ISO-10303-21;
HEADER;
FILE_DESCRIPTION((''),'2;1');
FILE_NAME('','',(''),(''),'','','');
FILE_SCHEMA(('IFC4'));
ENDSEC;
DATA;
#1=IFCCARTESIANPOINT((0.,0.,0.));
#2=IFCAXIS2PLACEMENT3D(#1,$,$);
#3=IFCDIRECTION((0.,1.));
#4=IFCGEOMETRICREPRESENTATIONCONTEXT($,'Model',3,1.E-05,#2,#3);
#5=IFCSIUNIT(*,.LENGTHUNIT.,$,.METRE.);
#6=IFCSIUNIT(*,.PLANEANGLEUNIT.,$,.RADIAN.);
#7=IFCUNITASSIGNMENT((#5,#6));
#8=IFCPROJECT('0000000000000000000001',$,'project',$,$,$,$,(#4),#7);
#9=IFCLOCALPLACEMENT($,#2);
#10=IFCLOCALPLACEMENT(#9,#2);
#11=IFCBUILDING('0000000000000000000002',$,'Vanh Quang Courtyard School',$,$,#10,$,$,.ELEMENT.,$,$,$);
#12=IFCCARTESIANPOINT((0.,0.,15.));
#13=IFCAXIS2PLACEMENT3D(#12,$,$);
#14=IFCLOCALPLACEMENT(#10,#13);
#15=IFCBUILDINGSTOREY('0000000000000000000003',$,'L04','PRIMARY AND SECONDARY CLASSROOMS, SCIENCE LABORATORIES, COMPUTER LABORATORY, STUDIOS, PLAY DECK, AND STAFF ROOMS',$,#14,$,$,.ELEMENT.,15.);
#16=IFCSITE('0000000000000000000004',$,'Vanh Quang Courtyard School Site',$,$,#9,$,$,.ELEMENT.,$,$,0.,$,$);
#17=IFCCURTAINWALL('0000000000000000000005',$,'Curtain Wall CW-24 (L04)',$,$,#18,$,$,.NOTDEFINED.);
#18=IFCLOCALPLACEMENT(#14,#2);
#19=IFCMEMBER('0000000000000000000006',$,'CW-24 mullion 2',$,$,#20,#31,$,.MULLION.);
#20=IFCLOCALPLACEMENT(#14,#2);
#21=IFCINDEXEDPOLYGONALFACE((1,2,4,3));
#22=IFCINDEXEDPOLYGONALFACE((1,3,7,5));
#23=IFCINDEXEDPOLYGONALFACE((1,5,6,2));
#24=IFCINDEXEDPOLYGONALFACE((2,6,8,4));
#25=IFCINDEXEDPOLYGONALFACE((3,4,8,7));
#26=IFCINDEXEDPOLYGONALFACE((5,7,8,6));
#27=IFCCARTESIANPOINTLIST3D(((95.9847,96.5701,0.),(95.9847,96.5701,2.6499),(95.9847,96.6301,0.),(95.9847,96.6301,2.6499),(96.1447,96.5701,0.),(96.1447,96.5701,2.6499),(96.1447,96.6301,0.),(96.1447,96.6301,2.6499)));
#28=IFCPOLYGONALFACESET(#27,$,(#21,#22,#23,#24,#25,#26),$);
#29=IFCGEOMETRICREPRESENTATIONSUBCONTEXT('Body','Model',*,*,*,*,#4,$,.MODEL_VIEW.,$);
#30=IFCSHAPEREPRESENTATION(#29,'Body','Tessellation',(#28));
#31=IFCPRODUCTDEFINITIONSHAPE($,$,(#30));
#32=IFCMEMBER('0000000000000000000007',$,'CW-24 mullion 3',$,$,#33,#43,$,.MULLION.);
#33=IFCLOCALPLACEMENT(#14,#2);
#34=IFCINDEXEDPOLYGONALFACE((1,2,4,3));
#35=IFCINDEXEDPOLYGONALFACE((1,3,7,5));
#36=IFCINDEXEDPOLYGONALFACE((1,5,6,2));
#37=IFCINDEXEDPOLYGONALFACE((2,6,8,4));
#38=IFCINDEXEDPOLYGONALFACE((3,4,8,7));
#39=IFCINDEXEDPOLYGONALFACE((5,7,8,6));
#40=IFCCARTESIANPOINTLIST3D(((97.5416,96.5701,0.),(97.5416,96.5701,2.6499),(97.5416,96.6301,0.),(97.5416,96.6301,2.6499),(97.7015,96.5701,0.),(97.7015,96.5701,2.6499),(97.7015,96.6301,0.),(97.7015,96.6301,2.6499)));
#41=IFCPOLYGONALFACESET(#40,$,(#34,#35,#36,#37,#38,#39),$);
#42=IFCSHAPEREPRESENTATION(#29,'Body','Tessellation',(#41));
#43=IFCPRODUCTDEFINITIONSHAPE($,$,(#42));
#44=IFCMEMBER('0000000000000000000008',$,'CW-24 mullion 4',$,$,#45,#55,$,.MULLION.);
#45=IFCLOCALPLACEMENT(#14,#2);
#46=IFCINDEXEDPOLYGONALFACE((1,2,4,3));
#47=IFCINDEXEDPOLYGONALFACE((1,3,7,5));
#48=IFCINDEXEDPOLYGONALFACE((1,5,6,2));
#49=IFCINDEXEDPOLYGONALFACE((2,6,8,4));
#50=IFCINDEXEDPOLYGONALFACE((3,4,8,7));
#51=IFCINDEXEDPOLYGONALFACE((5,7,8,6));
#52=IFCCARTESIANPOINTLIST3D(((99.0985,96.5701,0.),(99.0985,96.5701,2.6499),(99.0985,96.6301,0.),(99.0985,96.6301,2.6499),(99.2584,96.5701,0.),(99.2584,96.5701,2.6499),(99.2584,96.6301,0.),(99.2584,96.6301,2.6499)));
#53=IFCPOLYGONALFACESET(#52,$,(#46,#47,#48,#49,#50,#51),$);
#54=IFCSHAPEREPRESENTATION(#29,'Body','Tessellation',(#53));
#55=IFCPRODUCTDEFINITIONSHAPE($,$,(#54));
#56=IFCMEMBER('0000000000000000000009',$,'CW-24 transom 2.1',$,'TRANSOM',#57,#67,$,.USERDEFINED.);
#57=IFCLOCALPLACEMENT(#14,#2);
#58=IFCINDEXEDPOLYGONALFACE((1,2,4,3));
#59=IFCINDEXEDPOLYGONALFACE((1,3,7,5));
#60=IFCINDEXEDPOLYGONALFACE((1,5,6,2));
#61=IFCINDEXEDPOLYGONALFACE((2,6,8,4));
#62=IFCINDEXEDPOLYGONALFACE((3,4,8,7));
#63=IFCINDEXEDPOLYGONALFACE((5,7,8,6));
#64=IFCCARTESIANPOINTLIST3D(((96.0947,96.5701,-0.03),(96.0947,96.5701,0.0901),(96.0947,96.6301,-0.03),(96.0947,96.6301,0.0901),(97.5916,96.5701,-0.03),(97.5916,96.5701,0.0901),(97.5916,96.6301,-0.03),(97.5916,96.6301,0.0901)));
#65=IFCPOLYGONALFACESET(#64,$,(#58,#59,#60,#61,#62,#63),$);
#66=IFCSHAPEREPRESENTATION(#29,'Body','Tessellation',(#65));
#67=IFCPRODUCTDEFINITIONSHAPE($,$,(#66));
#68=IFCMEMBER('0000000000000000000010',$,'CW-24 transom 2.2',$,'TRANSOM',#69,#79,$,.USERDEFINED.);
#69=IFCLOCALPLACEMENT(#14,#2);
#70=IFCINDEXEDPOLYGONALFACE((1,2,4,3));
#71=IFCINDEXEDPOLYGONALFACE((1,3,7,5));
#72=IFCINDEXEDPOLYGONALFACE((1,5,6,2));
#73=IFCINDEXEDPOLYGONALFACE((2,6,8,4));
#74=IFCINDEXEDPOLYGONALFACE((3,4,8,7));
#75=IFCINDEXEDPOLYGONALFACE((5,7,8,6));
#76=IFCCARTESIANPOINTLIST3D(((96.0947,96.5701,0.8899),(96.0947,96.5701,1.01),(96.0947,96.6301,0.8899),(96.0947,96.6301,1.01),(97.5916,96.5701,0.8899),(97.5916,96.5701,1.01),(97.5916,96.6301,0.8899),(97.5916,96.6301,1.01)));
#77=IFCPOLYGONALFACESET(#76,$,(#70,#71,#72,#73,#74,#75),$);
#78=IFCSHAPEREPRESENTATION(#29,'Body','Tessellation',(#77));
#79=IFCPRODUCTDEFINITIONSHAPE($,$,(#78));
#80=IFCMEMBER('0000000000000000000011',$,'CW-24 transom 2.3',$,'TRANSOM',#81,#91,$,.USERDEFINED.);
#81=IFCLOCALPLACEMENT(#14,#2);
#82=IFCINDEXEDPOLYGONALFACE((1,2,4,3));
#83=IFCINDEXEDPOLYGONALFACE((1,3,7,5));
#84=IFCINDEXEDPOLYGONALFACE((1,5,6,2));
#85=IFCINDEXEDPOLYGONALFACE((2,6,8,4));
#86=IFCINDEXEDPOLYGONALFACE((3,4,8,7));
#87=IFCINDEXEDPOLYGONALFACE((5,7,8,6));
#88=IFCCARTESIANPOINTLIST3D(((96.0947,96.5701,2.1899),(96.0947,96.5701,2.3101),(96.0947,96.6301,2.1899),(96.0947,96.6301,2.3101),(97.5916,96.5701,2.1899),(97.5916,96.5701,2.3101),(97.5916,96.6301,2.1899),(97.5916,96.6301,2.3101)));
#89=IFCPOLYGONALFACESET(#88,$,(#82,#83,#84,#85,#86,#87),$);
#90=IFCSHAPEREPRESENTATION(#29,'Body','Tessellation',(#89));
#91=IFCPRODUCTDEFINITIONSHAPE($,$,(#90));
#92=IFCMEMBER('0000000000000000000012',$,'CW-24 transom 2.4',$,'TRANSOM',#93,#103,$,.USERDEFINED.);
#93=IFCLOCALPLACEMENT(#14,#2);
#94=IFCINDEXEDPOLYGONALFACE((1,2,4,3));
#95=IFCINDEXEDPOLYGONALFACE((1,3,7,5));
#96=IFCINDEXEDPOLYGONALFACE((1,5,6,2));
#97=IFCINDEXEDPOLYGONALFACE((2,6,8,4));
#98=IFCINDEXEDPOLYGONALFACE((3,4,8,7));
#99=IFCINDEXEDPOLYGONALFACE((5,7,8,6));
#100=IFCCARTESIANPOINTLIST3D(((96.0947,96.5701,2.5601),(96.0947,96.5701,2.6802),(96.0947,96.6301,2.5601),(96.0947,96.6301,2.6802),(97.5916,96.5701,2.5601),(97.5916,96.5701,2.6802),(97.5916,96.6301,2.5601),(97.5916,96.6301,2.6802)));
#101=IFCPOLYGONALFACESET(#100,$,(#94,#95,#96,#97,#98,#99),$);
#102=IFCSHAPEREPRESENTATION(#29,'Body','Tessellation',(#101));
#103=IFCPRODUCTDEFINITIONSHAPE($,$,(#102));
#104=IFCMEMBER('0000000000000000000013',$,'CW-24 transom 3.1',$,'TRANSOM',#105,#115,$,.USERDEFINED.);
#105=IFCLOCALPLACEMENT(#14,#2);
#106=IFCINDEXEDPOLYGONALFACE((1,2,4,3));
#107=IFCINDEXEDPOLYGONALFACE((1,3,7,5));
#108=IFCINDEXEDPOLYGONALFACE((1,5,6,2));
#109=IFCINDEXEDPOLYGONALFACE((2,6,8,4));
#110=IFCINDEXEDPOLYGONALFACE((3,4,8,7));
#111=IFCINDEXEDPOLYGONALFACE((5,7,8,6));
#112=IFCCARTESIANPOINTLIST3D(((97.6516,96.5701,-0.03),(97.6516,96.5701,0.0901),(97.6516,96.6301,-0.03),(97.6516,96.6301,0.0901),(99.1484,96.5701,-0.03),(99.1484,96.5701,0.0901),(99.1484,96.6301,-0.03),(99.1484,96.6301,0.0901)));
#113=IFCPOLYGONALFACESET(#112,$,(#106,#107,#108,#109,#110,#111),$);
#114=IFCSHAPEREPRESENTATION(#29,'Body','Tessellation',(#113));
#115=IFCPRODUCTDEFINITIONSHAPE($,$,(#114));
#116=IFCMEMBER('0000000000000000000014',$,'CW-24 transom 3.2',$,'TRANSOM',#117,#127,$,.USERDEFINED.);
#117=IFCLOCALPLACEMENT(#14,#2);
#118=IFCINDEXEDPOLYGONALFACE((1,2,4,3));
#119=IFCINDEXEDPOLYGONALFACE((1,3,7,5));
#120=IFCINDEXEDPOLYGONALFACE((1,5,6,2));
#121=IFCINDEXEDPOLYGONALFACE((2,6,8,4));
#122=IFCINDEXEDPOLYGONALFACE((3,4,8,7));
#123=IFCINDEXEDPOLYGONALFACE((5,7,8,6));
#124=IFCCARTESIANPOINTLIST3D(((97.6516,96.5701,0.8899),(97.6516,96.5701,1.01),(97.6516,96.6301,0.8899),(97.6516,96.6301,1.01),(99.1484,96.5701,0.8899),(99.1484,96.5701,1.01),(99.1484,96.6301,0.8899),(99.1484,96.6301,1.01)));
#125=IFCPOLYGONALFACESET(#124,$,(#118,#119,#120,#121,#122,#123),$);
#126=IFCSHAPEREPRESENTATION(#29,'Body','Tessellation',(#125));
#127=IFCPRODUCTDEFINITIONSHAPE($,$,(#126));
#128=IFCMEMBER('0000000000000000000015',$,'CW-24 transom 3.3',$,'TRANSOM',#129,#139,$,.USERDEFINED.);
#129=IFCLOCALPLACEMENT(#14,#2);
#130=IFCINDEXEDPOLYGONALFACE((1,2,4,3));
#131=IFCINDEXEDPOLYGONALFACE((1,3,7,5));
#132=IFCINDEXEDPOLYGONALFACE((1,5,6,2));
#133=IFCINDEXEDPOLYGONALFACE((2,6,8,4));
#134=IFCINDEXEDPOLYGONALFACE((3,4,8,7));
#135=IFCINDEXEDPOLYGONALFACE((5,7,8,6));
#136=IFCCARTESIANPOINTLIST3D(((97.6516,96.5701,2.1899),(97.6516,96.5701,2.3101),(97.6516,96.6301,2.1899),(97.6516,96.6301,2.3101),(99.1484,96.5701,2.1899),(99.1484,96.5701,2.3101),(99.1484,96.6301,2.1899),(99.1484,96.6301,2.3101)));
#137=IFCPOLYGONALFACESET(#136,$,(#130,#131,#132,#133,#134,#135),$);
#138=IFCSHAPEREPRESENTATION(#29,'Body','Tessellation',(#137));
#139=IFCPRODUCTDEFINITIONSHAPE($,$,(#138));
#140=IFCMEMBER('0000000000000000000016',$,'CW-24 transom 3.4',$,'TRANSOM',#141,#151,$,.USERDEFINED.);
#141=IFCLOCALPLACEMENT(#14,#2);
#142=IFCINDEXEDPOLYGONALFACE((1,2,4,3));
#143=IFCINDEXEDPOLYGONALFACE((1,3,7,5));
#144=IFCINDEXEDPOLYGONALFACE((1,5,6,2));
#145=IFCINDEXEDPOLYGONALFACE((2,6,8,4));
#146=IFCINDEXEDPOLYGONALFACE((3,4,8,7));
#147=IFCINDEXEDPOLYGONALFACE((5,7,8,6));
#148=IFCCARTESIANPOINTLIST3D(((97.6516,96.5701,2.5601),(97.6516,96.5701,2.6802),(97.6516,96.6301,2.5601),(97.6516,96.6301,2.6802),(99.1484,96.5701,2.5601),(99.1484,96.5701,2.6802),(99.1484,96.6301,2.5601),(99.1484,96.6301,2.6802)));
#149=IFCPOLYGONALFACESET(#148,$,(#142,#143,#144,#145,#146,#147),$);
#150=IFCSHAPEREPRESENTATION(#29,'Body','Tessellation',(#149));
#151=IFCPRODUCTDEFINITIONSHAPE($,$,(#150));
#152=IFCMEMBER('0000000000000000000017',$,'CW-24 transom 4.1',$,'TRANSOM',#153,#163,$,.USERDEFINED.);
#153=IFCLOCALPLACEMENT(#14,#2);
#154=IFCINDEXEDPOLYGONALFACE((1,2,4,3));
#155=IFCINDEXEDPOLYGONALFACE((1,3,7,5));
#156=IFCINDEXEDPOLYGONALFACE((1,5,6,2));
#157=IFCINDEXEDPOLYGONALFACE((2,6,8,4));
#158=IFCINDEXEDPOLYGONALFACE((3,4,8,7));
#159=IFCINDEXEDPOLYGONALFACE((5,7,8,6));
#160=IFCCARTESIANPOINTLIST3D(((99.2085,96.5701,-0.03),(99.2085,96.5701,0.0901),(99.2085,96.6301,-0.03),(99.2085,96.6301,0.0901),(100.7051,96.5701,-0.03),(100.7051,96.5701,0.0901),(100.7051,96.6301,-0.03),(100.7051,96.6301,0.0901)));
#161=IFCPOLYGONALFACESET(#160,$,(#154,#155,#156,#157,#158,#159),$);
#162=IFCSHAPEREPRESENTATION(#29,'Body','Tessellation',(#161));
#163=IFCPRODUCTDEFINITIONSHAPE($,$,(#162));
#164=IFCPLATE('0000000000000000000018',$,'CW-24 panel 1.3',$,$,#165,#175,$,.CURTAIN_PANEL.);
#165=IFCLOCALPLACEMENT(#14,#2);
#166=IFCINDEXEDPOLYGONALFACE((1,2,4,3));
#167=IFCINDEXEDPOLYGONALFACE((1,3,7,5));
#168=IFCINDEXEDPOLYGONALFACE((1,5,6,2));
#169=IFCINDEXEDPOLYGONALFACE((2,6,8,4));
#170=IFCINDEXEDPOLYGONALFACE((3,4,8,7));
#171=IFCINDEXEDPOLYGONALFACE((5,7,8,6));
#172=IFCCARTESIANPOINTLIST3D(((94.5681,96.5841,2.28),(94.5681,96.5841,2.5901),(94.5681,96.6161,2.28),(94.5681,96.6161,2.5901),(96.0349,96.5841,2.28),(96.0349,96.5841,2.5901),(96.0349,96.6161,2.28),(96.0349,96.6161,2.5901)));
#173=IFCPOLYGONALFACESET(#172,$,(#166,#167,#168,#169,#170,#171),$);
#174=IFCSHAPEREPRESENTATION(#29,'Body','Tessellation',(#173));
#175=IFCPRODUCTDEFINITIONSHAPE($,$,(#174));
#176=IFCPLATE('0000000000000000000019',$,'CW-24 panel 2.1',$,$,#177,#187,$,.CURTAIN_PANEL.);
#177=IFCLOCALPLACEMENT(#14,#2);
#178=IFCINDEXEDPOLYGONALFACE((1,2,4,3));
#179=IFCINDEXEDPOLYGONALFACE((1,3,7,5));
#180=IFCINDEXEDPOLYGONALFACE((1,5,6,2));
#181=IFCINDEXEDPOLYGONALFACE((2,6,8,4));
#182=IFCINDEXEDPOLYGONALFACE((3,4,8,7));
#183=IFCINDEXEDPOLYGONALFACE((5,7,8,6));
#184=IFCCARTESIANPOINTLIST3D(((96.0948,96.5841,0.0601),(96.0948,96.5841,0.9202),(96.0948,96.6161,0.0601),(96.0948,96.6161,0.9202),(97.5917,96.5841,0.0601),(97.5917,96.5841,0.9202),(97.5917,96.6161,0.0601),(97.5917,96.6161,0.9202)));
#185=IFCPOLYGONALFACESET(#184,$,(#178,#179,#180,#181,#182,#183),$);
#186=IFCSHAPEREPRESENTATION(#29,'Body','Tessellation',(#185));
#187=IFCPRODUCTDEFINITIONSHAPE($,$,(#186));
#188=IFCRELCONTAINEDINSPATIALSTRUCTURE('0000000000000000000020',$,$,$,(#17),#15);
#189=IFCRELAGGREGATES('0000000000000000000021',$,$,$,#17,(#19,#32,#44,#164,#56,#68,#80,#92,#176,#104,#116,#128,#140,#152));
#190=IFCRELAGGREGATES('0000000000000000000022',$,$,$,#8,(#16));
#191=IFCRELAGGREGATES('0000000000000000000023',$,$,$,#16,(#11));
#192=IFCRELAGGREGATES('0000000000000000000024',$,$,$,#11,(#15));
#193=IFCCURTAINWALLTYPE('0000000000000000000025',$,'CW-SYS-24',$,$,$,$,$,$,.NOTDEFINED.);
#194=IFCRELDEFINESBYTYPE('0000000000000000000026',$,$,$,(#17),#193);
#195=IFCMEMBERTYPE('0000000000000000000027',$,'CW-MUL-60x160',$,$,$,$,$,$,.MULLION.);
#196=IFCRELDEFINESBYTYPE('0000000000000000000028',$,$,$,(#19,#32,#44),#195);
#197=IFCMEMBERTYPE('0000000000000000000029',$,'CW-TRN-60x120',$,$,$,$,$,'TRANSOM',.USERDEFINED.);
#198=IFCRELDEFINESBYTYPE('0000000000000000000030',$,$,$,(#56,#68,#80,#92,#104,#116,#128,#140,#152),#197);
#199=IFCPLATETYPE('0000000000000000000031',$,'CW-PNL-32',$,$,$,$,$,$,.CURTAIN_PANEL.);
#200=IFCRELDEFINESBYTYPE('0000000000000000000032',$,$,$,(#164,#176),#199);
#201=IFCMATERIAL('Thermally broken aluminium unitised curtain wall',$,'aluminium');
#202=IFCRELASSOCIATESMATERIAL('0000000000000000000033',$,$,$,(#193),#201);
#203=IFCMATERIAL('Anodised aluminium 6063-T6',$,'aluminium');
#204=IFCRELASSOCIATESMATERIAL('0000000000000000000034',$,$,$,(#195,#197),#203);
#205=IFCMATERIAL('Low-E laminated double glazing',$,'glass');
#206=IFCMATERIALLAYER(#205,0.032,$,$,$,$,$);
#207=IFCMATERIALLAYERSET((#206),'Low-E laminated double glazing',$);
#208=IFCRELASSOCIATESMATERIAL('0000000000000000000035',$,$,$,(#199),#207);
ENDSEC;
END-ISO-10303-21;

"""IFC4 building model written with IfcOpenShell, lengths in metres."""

from ifc_helpers import new_model, si_unit, direction, frame, origin, origin_2d, place, context, subcontext, project, spatial, rectangle, extrude, material, layer, layer_set, material_profile, profile_set, type_object, element, aggregate, save


model = new_model("IFC4")

# Units and contexts
model_context = context("Model", 3, precision=1e-05, world=origin(), true_north=direction((0.0, 1.0)))
body_context = subcontext(model_context, "Body", "Model", "MODEL_VIEW")
ifc_project = project(units=[si_unit("LENGTHUNIT", "METRE"), si_unit("PLANEANGLEUNIT", "RADIAN")], contexts=[model_context])

# Site, building, storey
site_placement = place(None, origin())
site = spatial("IfcSite", under=ifc_project, at=site_placement, Name="Vanh Quang Courtyard School Site", CompositionType="ELEMENT", RefElevation=0.0)
building_placement = place(site_placement, origin())
building = spatial("IfcBuilding", under=site, at=building_placement, Name="Vanh Quang Courtyard School", CompositionType="ELEMENT")
storey_placement = place(building_placement, frame((0.0, 0.0, 15.0)))
storey = spatial("IfcBuildingStorey", under=building, at=storey_placement, Name="L04", Description="PRIMARY AND SECONDARY CLASSROOMS, SCIENCE LABORATORIES, COMPUTER LABORATORY, STUDIOS, PLAY DECK, AND STAFF ROOMS", CompositionType="ELEMENT", Elevation=15.0)

# Curtain wall, members, plates
ifc_material_1 = material(Name="Thermally broken aluminium unitised curtain wall", Category="aluminium")
curtain_wall_type = type_object("IfcCurtainWallType", Name="CW-SYS-24", PredefinedType="NOTDEFINED", material=ifc_material_1)
curtain_wall_placement = place(storey_placement, origin())
curtain_wall = element("IfcCurtainWall", 1, at=curtain_wall_placement, inside=storey, type_object=curtain_wall_type, Name="Curtain Wall CW-24 (L04)", PredefinedType="NOTDEFINED")
ifc_material_2 = material(Name="Anodised aluminium 6063-T6", Category="aluminium")
ifc_material_profile_1 = material_profile(ifc_material_2, rectangle(XDim=0.0601, YDim=0.1599, at=origin_2d()), Name="ALU-MUL 60x160")
ifc_profile_set_1 = profile_set([ifc_material_profile_1], Name="Anodised aluminium 6063-T6")
member_type_1 = type_object("IfcMemberType", Name="CW-MUL-60x160", PredefinedType="MULLION", material=ifc_profile_set_1)
member_1_placement = place(storey_placement, frame((96.0647, 96.6001, 0.0), z_axis=(0.0, 0.0, 1.0), x_axis=(0.0, 1.0, 0.0)))
member_1 = element("IfcMember", 2, at=member_1_placement, type_object=member_type_1, Name="CW-24 mullion 2", PredefinedType="MULLION", context=body_context, shape_type="SweptSolid", body=[
    extrude(rectangle(XDim=0.0601, YDim=0.1599, at=origin_2d()), origin(), (0.0, 0.0, 1.0), 2.6499),
])
member_2_placement = place(storey_placement, frame((97.6216, 96.6001, 0.0), z_axis=(0.0, 0.0, 1.0), x_axis=(0.0, 1.0, 0.0)))
member_2 = element("IfcMember", 3, at=member_2_placement, type_object=member_type_1, Name="CW-24 mullion 3", PredefinedType="MULLION", context=body_context, shape_type="SweptSolid", body=[
    extrude(rectangle(XDim=0.0601, YDim=0.1599, at=origin_2d()), origin(), (0.0, 0.0, 1.0), 2.6499),
])
member_3_placement = place(storey_placement, frame((99.1785, 96.6001, 0.0), z_axis=(0.0, 0.0, 1.0), x_axis=(0.0, 1.0, 0.0)))
member_3 = element("IfcMember", 4, at=member_3_placement, type_object=member_type_1, Name="CW-24 mullion 4", PredefinedType="MULLION", context=body_context, shape_type="SweptSolid", body=[
    extrude(rectangle(XDim=0.0601, YDim=0.1599, at=origin_2d()), origin(), (0.0, 0.0, 1.0), 2.6499),
])
ifc_material_profile_2 = material_profile(ifc_material_2, rectangle(XDim=0.0601, YDim=0.1201, at=origin_2d()), Name="ALU-TRN 60x120")
ifc_profile_set_2 = profile_set([ifc_material_profile_2], Name="Anodised aluminium 6063-T6")
member_type_2 = type_object("IfcMemberType", Name="CW-TRN-60x120", ElementType="TRANSOM", PredefinedType="USERDEFINED", material=ifc_profile_set_2)
member_4_placement = place(storey_placement, frame((96.0947, 96.6001, 0.03), z_axis=(1.0, 0.0, 0.0), x_axis=(0.0, 1.0, 0.0)))
member_4 = element("IfcMember", 5, at=member_4_placement, type_object=member_type_2, Name="CW-24 transom 2.1", ObjectType="TRANSOM", PredefinedType="USERDEFINED", context=body_context, shape_type="SweptSolid", body=[
    extrude(rectangle(XDim=0.0601, YDim=0.1201, at=origin_2d()), origin(), (0.0, 0.0, 1.0), 1.4968),
])
member_5_placement = place(storey_placement, frame((96.0947, 96.6001, 0.95), z_axis=(1.0, 0.0, 0.0), x_axis=(0.0, 1.0, 0.0)))
member_5 = element("IfcMember", 6, at=member_5_placement, type_object=member_type_2, Name="CW-24 transom 2.2", ObjectType="TRANSOM", PredefinedType="USERDEFINED", context=body_context, shape_type="SweptSolid", body=[
    extrude(rectangle(XDim=0.0601, YDim=0.1201, at=origin_2d()), origin(), (0.0, 0.0, 1.0), 1.4968),
])
member_6_placement = place(storey_placement, frame((96.0947, 96.6001, 2.25), z_axis=(1.0, 0.0, 0.0), x_axis=(0.0, 1.0, 0.0)))
member_6 = element("IfcMember", 7, at=member_6_placement, type_object=member_type_2, Name="CW-24 transom 2.3", ObjectType="TRANSOM", PredefinedType="USERDEFINED", context=body_context, shape_type="SweptSolid", body=[
    extrude(rectangle(XDim=0.0601, YDim=0.1201, at=origin_2d()), origin(), (0.0, 0.0, 1.0), 1.4968),
])
member_7_placement = place(storey_placement, frame((96.0947, 96.6001, 2.6201), z_axis=(1.0, 0.0, 0.0), x_axis=(0.0, 1.0, 0.0)))
member_7 = element("IfcMember", 8, at=member_7_placement, type_object=member_type_2, Name="CW-24 transom 2.4", ObjectType="TRANSOM", PredefinedType="USERDEFINED", context=body_context, shape_type="SweptSolid", body=[
    extrude(rectangle(XDim=0.0601, YDim=0.1201, at=origin_2d()), origin(), (0.0, 0.0, 1.0), 1.4968),
])
member_8_placement = place(storey_placement, frame((97.6516, 96.6001, 0.03), z_axis=(1.0, 0.0, 0.0), x_axis=(0.0, 1.0, 0.0)))
member_8 = element("IfcMember", 9, at=member_8_placement, type_object=member_type_2, Name="CW-24 transom 3.1", ObjectType="TRANSOM", PredefinedType="USERDEFINED", context=body_context, shape_type="SweptSolid", body=[
    extrude(rectangle(XDim=0.0601, YDim=0.1201, at=origin_2d()), origin(), (0.0, 0.0, 1.0), 1.4968),
])
member_9_placement = place(storey_placement, frame((97.6516, 96.6001, 0.95), z_axis=(1.0, 0.0, 0.0), x_axis=(0.0, 1.0, 0.0)))
member_9 = element("IfcMember", 10, at=member_9_placement, type_object=member_type_2, Name="CW-24 transom 3.2", ObjectType="TRANSOM", PredefinedType="USERDEFINED", context=body_context, shape_type="SweptSolid", body=[
    extrude(rectangle(XDim=0.0601, YDim=0.1201, at=origin_2d()), origin(), (0.0, 0.0, 1.0), 1.4968),
])
member_10_placement = place(storey_placement, frame((97.6516, 96.6001, 2.25), z_axis=(1.0, 0.0, 0.0), x_axis=(0.0, 1.0, 0.0)))
member_10 = element("IfcMember", 11, at=member_10_placement, type_object=member_type_2, Name="CW-24 transom 3.3", ObjectType="TRANSOM", PredefinedType="USERDEFINED", context=body_context, shape_type="SweptSolid", body=[
    extrude(rectangle(XDim=0.0601, YDim=0.1201, at=origin_2d()), origin(), (0.0, 0.0, 1.0), 1.4968),
])
member_11_placement = place(storey_placement, frame((97.6516, 96.6001, 2.6201), z_axis=(1.0, 0.0, 0.0), x_axis=(0.0, 1.0, 0.0)))
member_11 = element("IfcMember", 12, at=member_11_placement, type_object=member_type_2, Name="CW-24 transom 3.4", ObjectType="TRANSOM", PredefinedType="USERDEFINED", context=body_context, shape_type="SweptSolid", body=[
    extrude(rectangle(XDim=0.0601, YDim=0.1201, at=origin_2d()), origin(), (0.0, 0.0, 1.0), 1.4968),
])
member_12_placement = place(storey_placement, frame((99.2085, 96.6001, 0.03), z_axis=(1.0, 0.0, 0.0), x_axis=(0.0, 1.0, 0.0)))
member_12 = element("IfcMember", 13, at=member_12_placement, type_object=member_type_2, Name="CW-24 transom 4.1", ObjectType="TRANSOM", PredefinedType="USERDEFINED", context=body_context, shape_type="SweptSolid", body=[
    extrude(rectangle(XDim=0.0601, YDim=0.1201, at=origin_2d()), origin(), (0.0, 0.0, 1.0), 1.4966),
])
ifc_material_3 = material(Name="Low-E laminated double glazing", Category="glass")
ifc_layer_1 = layer(ifc_material_3, 0.032)
ifc_layer_set_1 = layer_set([ifc_layer_1], Name="Low-E laminated double glazing")
plate_type = type_object("IfcPlateType", Name="CW-PNL-32", PredefinedType="CURTAIN_PANEL", material=ifc_layer_set_1)
plate_1_placement = place(storey_placement, frame((95.3015, 96.6001, 2.28), z_axis=(0.0, 0.0, 1.0), x_axis=(1.0, 0.0, 0.0)))
plate_1 = element("IfcPlate", 14, at=plate_1_placement, type_object=plate_type, Name="CW-24 panel 1.3", PredefinedType="CURTAIN_PANEL", context=body_context, shape_type="SweptSolid", body=[
    extrude(rectangle(XDim=1.4668, YDim=0.032, at=origin_2d()), origin(), (0.0, 0.0, 1.0), 0.3101),
])
plate_2_placement = place(storey_placement, frame((96.8433, 96.6001, 0.0601), z_axis=(0.0, 0.0, 1.0), x_axis=(1.0, 0.0, 0.0)))
plate_2 = element("IfcPlate", 15, at=plate_2_placement, type_object=plate_type, Name="CW-24 panel 2.1", PredefinedType="CURTAIN_PANEL", context=body_context, shape_type="SweptSolid", body=[
    extrude(rectangle(XDim=1.4968, YDim=0.032, at=origin_2d()), origin(), (0.0, 0.0, 1.0), 0.8601),
])
aggregate(curtain_wall, [member_1, member_2, member_3, plate_1, member_4, member_5, member_6, member_7, plate_2, member_8, member_9, member_10, member_11, member_12])

save(model, "model.ifc")
